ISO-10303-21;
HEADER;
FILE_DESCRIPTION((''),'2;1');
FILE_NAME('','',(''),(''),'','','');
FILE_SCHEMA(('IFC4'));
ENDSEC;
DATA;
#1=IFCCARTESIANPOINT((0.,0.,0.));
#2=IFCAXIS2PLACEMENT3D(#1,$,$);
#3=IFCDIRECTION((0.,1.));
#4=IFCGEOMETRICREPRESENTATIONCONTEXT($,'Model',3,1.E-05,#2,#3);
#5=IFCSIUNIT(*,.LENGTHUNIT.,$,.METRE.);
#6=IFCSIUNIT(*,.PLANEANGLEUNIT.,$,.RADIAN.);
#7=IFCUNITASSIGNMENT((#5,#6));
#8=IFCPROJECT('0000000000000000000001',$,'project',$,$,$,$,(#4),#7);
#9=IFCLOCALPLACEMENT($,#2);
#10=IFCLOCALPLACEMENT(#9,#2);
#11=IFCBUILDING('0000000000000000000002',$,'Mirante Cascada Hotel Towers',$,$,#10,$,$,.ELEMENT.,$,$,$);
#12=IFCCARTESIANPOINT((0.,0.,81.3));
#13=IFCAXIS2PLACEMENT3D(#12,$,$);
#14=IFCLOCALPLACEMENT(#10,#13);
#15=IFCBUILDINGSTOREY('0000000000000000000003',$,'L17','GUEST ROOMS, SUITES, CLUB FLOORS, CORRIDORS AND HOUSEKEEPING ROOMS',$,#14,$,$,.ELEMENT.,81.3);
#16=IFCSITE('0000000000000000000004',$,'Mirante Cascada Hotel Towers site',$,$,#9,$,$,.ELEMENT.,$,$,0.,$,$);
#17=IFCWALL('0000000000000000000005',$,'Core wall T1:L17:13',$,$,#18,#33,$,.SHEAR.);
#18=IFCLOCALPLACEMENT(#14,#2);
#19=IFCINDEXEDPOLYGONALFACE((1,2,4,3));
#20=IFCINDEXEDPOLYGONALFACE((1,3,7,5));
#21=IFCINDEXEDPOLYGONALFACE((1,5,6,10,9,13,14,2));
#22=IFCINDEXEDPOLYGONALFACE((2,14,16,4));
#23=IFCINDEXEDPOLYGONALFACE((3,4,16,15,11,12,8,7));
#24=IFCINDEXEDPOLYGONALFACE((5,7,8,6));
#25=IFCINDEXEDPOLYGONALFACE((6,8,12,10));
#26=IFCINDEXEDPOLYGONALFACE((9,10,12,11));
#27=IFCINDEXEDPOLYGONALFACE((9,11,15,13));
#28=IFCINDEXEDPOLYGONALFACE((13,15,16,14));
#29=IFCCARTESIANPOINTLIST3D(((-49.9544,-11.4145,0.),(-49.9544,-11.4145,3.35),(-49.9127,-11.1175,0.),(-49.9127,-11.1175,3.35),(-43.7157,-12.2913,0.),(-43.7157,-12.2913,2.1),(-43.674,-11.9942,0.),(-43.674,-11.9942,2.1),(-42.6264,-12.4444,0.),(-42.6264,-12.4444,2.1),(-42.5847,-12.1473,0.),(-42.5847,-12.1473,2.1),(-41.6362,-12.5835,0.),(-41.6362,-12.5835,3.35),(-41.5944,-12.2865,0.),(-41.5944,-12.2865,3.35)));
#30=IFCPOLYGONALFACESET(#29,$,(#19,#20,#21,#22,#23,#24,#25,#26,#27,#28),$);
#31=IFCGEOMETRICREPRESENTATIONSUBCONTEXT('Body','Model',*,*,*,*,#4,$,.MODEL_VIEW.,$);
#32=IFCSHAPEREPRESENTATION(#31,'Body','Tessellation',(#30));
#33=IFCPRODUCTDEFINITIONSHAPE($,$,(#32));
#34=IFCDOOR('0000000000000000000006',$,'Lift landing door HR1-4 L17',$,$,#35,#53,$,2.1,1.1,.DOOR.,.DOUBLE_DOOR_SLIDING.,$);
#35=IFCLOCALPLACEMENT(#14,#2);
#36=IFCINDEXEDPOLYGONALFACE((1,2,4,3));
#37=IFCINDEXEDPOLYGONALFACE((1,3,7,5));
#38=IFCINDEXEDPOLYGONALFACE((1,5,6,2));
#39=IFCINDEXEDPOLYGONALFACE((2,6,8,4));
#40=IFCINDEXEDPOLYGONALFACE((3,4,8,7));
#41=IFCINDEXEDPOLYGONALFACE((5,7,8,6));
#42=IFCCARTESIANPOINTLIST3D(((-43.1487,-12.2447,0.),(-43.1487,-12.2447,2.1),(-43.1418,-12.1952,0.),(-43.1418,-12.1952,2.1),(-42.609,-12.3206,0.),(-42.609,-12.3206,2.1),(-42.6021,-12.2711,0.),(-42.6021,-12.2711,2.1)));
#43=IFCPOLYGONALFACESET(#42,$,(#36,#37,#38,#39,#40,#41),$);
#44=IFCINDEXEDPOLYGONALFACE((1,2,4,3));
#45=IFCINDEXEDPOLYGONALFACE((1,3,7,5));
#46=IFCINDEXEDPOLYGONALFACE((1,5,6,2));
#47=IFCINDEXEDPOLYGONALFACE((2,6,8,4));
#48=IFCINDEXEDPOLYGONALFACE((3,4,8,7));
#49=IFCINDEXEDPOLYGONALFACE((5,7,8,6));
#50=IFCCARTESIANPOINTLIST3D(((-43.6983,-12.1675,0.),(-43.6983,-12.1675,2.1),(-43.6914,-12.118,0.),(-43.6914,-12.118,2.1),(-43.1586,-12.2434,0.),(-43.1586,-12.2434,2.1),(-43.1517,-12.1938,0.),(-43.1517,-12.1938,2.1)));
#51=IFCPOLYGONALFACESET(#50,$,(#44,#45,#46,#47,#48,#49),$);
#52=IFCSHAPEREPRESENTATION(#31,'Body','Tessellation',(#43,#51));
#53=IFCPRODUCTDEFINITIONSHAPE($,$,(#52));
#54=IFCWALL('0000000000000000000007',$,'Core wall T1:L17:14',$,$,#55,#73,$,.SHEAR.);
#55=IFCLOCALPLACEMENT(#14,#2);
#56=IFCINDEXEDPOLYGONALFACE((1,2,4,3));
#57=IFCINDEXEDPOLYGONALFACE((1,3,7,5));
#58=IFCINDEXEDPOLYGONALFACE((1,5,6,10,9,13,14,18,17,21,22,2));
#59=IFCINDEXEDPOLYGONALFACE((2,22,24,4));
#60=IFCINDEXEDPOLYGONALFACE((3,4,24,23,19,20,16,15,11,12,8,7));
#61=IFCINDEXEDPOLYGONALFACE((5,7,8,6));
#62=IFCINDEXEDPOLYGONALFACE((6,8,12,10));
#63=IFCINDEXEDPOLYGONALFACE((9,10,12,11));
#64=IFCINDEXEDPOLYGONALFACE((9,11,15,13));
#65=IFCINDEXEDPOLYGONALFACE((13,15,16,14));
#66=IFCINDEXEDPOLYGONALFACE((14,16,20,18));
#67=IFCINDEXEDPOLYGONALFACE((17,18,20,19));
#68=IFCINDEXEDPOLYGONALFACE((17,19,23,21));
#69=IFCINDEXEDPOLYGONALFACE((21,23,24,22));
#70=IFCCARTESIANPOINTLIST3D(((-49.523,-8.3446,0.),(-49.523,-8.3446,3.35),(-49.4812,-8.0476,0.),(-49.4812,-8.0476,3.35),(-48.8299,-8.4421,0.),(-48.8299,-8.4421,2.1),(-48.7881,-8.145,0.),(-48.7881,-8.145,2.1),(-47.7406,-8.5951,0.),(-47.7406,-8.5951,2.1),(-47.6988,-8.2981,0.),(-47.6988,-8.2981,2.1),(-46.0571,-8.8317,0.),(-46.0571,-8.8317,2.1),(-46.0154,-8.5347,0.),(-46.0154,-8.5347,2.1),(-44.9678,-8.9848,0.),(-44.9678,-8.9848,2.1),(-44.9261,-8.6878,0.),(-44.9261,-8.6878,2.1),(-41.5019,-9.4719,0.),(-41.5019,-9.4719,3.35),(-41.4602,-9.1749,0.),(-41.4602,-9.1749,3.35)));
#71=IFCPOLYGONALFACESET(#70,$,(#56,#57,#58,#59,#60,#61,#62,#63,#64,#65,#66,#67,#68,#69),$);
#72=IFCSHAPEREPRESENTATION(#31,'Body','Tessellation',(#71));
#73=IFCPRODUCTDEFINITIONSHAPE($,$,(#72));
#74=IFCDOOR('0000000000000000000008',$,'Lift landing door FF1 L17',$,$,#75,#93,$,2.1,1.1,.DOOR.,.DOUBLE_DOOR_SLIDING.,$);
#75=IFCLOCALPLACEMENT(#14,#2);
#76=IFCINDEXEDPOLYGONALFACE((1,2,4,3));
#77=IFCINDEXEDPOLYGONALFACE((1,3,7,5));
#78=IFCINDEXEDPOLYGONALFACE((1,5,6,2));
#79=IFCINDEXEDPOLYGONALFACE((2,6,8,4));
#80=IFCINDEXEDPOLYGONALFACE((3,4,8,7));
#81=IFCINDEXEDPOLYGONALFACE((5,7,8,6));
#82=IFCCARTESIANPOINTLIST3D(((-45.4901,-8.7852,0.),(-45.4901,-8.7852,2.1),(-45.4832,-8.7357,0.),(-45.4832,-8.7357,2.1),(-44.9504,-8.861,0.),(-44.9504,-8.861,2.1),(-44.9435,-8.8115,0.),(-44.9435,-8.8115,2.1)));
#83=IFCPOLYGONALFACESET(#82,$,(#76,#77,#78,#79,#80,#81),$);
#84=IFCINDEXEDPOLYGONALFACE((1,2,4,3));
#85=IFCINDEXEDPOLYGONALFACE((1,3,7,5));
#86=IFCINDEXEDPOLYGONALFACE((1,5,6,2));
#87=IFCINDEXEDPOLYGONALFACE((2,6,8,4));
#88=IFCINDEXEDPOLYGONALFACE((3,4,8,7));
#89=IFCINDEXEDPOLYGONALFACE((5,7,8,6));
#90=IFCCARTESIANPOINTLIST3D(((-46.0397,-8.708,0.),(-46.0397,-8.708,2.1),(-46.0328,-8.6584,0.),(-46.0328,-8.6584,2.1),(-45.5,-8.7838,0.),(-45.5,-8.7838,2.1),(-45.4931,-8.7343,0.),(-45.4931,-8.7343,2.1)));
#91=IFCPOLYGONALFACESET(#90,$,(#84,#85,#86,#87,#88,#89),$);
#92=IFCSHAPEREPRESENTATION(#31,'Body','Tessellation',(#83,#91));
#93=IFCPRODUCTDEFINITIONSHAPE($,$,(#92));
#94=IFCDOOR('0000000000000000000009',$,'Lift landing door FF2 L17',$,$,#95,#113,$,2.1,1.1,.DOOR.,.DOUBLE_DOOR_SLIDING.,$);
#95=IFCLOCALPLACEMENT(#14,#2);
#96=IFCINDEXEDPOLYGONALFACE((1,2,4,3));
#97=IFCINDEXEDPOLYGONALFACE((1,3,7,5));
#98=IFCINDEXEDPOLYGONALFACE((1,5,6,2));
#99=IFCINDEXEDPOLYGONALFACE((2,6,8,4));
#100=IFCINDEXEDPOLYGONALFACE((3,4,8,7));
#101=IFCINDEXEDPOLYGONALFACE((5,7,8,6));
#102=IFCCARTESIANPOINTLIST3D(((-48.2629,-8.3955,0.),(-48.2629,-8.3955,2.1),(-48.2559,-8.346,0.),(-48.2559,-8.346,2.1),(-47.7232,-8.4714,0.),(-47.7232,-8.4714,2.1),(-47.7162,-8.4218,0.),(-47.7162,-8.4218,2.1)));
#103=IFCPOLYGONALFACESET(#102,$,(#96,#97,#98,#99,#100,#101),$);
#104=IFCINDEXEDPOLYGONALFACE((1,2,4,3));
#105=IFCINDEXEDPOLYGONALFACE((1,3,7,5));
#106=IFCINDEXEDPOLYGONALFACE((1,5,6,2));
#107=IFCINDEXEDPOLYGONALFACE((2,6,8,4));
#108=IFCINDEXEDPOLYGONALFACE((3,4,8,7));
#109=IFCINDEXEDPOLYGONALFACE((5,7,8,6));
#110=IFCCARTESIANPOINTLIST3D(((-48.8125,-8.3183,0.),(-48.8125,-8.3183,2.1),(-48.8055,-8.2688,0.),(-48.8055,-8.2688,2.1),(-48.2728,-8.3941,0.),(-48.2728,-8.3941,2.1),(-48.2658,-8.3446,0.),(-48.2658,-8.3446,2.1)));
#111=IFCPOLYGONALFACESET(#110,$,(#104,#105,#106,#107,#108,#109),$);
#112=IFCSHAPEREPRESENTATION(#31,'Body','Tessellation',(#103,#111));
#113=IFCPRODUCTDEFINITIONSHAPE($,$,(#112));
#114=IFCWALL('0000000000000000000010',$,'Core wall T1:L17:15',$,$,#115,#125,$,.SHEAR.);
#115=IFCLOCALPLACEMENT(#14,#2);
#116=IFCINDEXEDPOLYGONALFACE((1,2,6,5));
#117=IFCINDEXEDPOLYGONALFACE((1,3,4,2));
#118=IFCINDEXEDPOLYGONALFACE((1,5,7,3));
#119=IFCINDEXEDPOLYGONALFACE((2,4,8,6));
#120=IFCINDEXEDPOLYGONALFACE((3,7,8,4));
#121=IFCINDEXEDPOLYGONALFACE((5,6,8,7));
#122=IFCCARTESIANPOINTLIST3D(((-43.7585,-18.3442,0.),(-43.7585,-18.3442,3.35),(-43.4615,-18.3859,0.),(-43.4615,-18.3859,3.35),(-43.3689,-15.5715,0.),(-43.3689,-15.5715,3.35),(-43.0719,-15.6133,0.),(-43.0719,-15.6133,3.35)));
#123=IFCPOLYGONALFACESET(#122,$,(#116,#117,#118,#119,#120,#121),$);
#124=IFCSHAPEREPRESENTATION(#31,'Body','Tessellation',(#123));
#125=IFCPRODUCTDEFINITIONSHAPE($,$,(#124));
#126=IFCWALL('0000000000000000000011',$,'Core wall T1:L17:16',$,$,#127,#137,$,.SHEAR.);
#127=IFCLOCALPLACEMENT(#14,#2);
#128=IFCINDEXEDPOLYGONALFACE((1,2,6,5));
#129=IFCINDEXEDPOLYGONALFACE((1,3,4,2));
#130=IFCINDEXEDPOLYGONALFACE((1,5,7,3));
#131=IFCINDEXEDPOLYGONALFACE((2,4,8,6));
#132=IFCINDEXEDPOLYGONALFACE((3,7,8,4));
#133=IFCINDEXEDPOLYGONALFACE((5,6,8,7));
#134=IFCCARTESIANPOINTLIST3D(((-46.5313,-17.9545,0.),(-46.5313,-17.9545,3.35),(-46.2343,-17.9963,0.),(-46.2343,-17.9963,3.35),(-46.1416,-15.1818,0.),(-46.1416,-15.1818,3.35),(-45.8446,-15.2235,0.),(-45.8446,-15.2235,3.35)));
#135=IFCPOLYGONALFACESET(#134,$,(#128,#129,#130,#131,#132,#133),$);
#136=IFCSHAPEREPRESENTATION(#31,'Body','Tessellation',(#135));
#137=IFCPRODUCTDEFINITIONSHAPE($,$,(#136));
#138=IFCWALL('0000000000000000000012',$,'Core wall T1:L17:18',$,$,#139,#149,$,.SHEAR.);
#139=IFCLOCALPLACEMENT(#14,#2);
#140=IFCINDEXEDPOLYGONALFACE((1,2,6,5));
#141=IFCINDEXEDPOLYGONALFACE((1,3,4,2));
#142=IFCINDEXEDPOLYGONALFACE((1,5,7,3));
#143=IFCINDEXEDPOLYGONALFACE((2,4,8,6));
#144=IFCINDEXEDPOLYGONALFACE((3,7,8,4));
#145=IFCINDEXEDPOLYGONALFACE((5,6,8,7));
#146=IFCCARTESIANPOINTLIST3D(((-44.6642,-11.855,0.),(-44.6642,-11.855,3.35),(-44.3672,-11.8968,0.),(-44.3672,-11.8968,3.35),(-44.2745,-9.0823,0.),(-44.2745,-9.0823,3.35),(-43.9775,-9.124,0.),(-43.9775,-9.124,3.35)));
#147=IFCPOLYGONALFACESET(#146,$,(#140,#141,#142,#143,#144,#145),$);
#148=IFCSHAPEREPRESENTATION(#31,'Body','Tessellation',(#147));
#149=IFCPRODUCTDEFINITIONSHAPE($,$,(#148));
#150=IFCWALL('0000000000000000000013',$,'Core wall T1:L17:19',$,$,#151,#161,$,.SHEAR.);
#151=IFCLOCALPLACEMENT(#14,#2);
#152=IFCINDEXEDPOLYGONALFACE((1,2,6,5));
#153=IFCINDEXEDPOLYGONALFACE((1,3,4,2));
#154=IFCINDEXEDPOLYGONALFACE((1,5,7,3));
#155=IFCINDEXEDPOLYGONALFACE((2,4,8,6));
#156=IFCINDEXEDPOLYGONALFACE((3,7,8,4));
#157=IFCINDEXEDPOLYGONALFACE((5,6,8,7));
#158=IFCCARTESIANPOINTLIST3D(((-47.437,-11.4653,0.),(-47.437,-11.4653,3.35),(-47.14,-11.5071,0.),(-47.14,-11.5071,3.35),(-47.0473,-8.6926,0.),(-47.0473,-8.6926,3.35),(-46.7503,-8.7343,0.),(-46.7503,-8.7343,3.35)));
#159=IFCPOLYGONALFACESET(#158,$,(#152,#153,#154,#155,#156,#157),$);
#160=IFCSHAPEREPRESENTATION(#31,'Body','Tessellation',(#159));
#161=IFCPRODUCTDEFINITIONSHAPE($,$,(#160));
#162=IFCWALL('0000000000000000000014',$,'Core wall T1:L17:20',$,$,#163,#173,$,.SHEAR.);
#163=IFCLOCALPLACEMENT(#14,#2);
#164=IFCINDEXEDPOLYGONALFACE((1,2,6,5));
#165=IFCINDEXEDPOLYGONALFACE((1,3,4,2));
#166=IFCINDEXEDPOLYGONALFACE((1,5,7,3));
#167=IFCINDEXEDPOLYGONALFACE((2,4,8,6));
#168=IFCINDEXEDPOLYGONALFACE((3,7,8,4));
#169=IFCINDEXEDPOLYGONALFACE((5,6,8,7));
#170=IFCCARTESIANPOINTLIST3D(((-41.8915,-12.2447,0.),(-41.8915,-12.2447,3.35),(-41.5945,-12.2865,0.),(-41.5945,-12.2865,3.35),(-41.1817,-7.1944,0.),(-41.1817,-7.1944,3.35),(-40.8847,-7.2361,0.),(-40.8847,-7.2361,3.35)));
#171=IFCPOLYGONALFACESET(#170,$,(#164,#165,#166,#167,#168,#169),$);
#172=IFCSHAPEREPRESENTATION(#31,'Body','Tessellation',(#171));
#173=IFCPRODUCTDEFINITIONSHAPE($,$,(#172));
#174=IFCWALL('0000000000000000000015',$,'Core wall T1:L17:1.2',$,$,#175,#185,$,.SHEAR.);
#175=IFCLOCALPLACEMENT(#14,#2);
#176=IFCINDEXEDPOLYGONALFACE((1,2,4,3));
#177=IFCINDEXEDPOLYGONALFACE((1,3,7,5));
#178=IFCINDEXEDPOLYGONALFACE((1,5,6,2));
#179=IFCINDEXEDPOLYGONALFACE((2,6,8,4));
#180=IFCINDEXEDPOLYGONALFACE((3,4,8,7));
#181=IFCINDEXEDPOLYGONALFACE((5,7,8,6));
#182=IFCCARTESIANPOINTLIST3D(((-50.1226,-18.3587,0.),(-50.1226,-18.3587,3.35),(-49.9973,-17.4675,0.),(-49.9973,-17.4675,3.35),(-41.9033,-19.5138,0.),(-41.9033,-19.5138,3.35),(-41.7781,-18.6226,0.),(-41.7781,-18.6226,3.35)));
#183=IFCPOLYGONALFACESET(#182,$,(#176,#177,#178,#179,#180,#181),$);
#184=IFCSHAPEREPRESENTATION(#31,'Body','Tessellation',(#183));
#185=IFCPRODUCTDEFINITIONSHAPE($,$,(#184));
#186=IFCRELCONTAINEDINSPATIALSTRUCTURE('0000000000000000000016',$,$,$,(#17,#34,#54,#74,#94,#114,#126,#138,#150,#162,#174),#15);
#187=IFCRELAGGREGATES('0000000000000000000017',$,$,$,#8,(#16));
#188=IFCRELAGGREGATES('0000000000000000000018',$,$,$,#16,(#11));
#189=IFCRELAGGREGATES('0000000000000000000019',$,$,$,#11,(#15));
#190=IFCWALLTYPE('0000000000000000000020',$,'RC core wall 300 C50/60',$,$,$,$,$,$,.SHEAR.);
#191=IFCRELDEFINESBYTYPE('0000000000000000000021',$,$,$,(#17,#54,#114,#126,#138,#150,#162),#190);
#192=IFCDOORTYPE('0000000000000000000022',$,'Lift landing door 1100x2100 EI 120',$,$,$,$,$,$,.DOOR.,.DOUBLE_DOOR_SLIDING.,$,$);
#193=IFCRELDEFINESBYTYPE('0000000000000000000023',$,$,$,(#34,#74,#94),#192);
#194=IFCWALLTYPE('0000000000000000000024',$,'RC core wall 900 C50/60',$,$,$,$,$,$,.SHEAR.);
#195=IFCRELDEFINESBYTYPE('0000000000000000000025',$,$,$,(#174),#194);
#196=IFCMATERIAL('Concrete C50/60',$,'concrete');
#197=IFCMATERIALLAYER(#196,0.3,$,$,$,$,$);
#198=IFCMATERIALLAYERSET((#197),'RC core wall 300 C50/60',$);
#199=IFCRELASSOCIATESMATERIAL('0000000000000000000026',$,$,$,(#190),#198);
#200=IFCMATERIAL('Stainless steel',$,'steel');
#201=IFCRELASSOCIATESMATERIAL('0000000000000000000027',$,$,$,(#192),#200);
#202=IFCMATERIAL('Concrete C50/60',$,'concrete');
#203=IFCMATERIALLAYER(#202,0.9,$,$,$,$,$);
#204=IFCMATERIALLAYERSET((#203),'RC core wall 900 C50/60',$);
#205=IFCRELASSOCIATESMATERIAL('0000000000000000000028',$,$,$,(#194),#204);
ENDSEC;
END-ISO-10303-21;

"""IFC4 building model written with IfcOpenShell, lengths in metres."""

from ifc_helpers import new_model, si_unit, direction, frame, frame_2d, origin, place, context, subcontext, project, spatial, rectangle, extrude, material, layer, layer_set, type_object, element, fill, save


model = new_model("IFC4")

# Units and contexts
model_context = context("Model", 3, precision=1e-05, world=origin(), true_north=direction((0.0, 1.0)))
body_context = subcontext(model_context, "Body", "Model", "MODEL_VIEW")
ifc_project = project(units=[si_unit("LENGTHUNIT", "METRE"), si_unit("PLANEANGLEUNIT", "RADIAN")], contexts=[model_context])

# Site, building, storey
site_placement = place(None, origin())
site = spatial("IfcSite", under=ifc_project, at=site_placement, Name="Mirante Cascada Hotel Towers site", CompositionType="ELEMENT", RefElevation=0.0)
building_placement = place(site_placement, origin())
building = spatial("IfcBuilding", under=site, at=building_placement, Name="Mirante Cascada Hotel Towers", CompositionType="ELEMENT")
storey_placement = place(building_placement, frame((0.0, 0.0, 81.3)))
storey = spatial("IfcBuildingStorey", under=building, at=storey_placement, Name="L17", Description="GUEST ROOMS, SUITES, CLUB FLOORS, CORRIDORS AND HOUSEKEEPING ROOMS", CompositionType="ELEMENT", Elevation=81.3)

# Shared definitions
ifc_material_1 = material(Name="Concrete C50/60", Category="concrete")
ifc_layer_1 = layer(ifc_material_1, 0.3)
ifc_layer_set_1 = layer_set([ifc_layer_1], Name="RC core wall 300 C50/60")
wall_type_1 = type_object("IfcWallType", Name="RC core wall 300 C50/60", PredefinedType="SHEAR", material=ifc_layer_set_1)

# Shared definitions
ifc_material_2 = material(Name="Stainless steel", Category="steel")
door_type_1 = type_object("IfcDoorType", Name="Lift landing door 1100x2100 EI 120", OperationType="DOUBLE_DOOR_SLIDING", PredefinedType="DOOR", material=ifc_material_2)

# Wall, opening, door
wall_1_placement = place(storey_placement, frame((-41.6153, -12.435, 0.0), z_axis=(0.0, 0.0, 1.0), x_axis=(-0.990269, 0.139166, 0.0)))
wall_1 = element("IfcWall", 1, at=wall_1_placement, inside=storey, type_object=wall_type_1, Name="Core wall T1:L17:13", PredefinedType="SHEAR", context=body_context, shape_type="SweptSolid", body=[
    extrude(rectangle(XDim=8.4, YDim=0.3, at=frame_2d((4.2, 0.0))), origin(), (0.0, 0.0, 1.0), 3.35),
])
opening_1_placement = place(wall_1_placement, frame((1.0, 0.0, 0.0)))
opening_1 = element("IfcOpeningElement", 2, at=opening_1_placement, cuts=wall_1, PredefinedType="OPENING", context=body_context, shape_type="SweptSolid", body=[
    extrude(rectangle(XDim=1.1, YDim=2.1, at=frame_2d((0.55, 1.05))), frame((0.0, 0.15, 0.0), z_axis=(0.0, -1.0, 0.0), x_axis=(1.0, 0.0, 0.0)), (0.0, 0.0, 1.0), 0.3),
])
door_1_placement = place(opening_1_placement, origin())
door_1 = element("IfcDoor", 3, at=door_1_placement, inside=storey, type_object=door_type_1, Name="Lift landing door HR1-4 L17", OperationType="DOUBLE_DOOR_SLIDING", OverallHeight=2.1, OverallWidth=1.1, PredefinedType="DOOR", context=body_context, shape_type="SweptSolid", body=[
    extrude(rectangle(XDim=0.545, YDim=2.1, at=frame_2d((0.2725, 1.05))), frame((0.0, 0.025, 0.0), z_axis=(0.0, -1.0, 0.0), x_axis=(1.0, 0.0, 0.0)), (0.0, 0.0, 1.0), 0.05),
    extrude(rectangle(XDim=0.545, YDim=2.1, at=frame_2d((0.8275, 1.05))), frame((0.0, 0.025, 0.0), z_axis=(0.0, -1.0, 0.0), x_axis=(1.0, 0.0, 0.0)), (0.0, 0.0, 1.0), 0.05),
])
fill(opening_1, door_1)

# Wall, openings, doors
wall_2_placement = place(storey_placement, frame((-41.481, -9.3234, 0.0), z_axis=(0.0, 0.0, 1.0), x_axis=(-0.990268, 0.139174, 0.0)))
wall_2 = element("IfcWall", 4, at=wall_2_placement, inside=storey, type_object=wall_type_1, Name="Core wall T1:L17:14", PredefinedType="SHEAR", context=body_context, shape_type="SweptSolid", body=[
    extrude(rectangle(XDim=8.0999, YDim=0.3, at=frame_2d((4.05, 0.0))), origin(), (0.0, 0.0, 1.0), 3.35),
])
opening_2_placement = place(wall_2_placement, frame((3.5, 0.0, 0.0)))
opening_2 = element("IfcOpeningElement", 5, at=opening_2_placement, cuts=wall_2, PredefinedType="OPENING", context=body_context, shape_type="SweptSolid", body=[
    extrude(rectangle(XDim=1.1, YDim=2.1, at=frame_2d((0.55, 1.05))), frame((0.0, 0.15, 0.0), z_axis=(0.0, -1.0, 0.0), x_axis=(1.0, 0.0, 0.0)), (0.0, 0.0, 1.0), 0.3),
])
opening_3_placement = place(wall_2_placement, frame((6.3, 0.0, 0.0)))
opening_3 = element("IfcOpeningElement", 6, at=opening_3_placement, cuts=wall_2, PredefinedType="OPENING", context=body_context, shape_type="SweptSolid", body=[
    extrude(rectangle(XDim=1.1, YDim=2.1, at=frame_2d((0.55, 1.05))), frame((0.0, 0.15, 0.0), z_axis=(0.0, -1.0, 0.0), x_axis=(1.0, 0.0, 0.0)), (0.0, 0.0, 1.0), 0.3),
])
door_2_placement = place(opening_2_placement, origin())
door_2 = element("IfcDoor", 7, at=door_2_placement, inside=storey, type_object=door_type_1, Name="Lift landing door FF1 L17", OperationType="DOUBLE_DOOR_SLIDING", OverallHeight=2.1, OverallWidth=1.1, PredefinedType="DOOR", context=body_context, shape_type="SweptSolid", body=[
    extrude(rectangle(XDim=0.545, YDim=2.1, at=frame_2d((0.2725, 1.05))), frame((0.0, 0.025, 0.0), z_axis=(0.0, -1.0, 0.0), x_axis=(1.0, 0.0, 0.0)), (0.0, 0.0, 1.0), 0.05),
    extrude(rectangle(XDim=0.545, YDim=2.1, at=frame_2d((0.8275, 1.05))), frame((0.0, 0.025, 0.0), z_axis=(0.0, -1.0, 0.0), x_axis=(1.0, 0.0, 0.0)), (0.0, 0.0, 1.0), 0.05),
])
fill(opening_2, door_2)
door_3_placement = place(opening_3_placement, origin())
door_3 = element("IfcDoor", 8, at=door_3_placement, inside=storey, type_object=door_type_1, Name="Lift landing door FF2 L17", OperationType="DOUBLE_DOOR_SLIDING", OverallHeight=2.1, OverallWidth=1.1, PredefinedType="DOOR", context=body_context, shape_type="SweptSolid", body=[
    extrude(rectangle(XDim=0.545, YDim=2.1, at=frame_2d((0.2725, 1.05))), frame((0.0, 0.025, 0.0), z_axis=(0.0, -1.0, 0.0), x_axis=(1.0, 0.0, 0.0)), (0.0, 0.0, 1.0), 0.05),
    extrude(rectangle(XDim=0.545, YDim=2.1, at=frame_2d((0.8275, 1.05))), frame((0.0, 0.025, 0.0), z_axis=(0.0, -1.0, 0.0), x_axis=(1.0, 0.0, 0.0)), (0.0, 0.0, 1.0), 0.05),
])
fill(opening_3, door_3)

# Walls
wall_3_placement = place(storey_placement, frame((-43.61, -18.3651, 0.0), z_axis=(0.0, 0.0, 1.0), x_axis=(0.139146, 0.990272, 0.0)))
element("IfcWall", 9, at=wall_3_placement, inside=storey, type_object=wall_type_1, Name="Core wall T1:L17:15", PredefinedType="SHEAR", context=body_context, shape_type="SweptSolid", body=[
    extrude(rectangle(XDim=2.7999, YDim=0.3, at=frame_2d((1.4, 0.0))), origin(), (0.0, 0.0, 1.0), 3.35),
])
for number, where, z_axis, x_axis, name in (
    (10, (-46.3828, -17.9754, 0.0), (0.0, 0.0, 1.0), (0.139181, 0.990267, 0.0), "Core wall T1:L17:16"),
    (11, (-44.5157, -11.8759, 0.0), (0.0, 0.0, 1.0), (0.139181, 0.990267, 0.0), "Core wall T1:L17:18"),
    (12, (-47.2885, -11.4862, 0.0), (0.0, 0.0, 1.0), (0.139181, 0.990267, 0.0), "Core wall T1:L17:19"),
):
    element("IfcWall", number, at=place(storey_placement, frame(where, z_axis=z_axis, x_axis=x_axis)), inside=storey, type_object=wall_type_1, Name=name, PredefinedType="SHEAR", context=body_context, shape_type="SweptSolid", body=[
        extrude(rectangle(XDim=2.8, YDim=0.3, at=frame_2d((1.4, 0.0))), origin(), (0.0, 0.0, 1.0), 3.35),
    ])
wall_4_placement = place(storey_placement, frame((-41.743, -12.2656, 0.0), z_axis=(0.0, 0.0, 1.0), x_axis=(0.139176, 0.990268, 0.0)))
element("IfcWall", 13, at=wall_4_placement, inside=storey, type_object=wall_type_1, Name="Core wall T1:L17:20", PredefinedType="SHEAR", context=body_context, shape_type="SweptSolid", body=[
    extrude(rectangle(XDim=5.1, YDim=0.3, at=frame_2d((2.55, 0.0))), origin(), (0.0, 0.0, 1.0), 3.35),
])
ifc_material_3 = material(Name="Concrete C50/60", Category="concrete")
ifc_layer_2 = layer(ifc_material_3, 0.9)
ifc_layer_set_2 = layer_set([ifc_layer_2], Name="RC core wall 900 C50/60")
wall_type_2 = type_object("IfcWallType", Name="RC core wall 900 C50/60", PredefinedType="SHEAR", material=ifc_layer_set_2)
wall_5_placement = place(storey_placement, frame((-41.8407, -19.0682, 0.0), z_axis=(0.0, 0.0, 1.0), x_axis=(-0.990269, 0.139169, 0.0)))
element("IfcWall", 14, at=wall_5_placement, inside=storey, type_object=wall_type_2, Name="Core wall T1:L17:1.2", PredefinedType="SHEAR", context=body_context, shape_type="SweptSolid", body=[
    extrude(rectangle(XDim=8.3, YDim=0.9, at=frame_2d((4.15, 0.0))), origin(), (0.0, 0.0, 1.0), 3.35),
])

save(model, "model.ifc")
